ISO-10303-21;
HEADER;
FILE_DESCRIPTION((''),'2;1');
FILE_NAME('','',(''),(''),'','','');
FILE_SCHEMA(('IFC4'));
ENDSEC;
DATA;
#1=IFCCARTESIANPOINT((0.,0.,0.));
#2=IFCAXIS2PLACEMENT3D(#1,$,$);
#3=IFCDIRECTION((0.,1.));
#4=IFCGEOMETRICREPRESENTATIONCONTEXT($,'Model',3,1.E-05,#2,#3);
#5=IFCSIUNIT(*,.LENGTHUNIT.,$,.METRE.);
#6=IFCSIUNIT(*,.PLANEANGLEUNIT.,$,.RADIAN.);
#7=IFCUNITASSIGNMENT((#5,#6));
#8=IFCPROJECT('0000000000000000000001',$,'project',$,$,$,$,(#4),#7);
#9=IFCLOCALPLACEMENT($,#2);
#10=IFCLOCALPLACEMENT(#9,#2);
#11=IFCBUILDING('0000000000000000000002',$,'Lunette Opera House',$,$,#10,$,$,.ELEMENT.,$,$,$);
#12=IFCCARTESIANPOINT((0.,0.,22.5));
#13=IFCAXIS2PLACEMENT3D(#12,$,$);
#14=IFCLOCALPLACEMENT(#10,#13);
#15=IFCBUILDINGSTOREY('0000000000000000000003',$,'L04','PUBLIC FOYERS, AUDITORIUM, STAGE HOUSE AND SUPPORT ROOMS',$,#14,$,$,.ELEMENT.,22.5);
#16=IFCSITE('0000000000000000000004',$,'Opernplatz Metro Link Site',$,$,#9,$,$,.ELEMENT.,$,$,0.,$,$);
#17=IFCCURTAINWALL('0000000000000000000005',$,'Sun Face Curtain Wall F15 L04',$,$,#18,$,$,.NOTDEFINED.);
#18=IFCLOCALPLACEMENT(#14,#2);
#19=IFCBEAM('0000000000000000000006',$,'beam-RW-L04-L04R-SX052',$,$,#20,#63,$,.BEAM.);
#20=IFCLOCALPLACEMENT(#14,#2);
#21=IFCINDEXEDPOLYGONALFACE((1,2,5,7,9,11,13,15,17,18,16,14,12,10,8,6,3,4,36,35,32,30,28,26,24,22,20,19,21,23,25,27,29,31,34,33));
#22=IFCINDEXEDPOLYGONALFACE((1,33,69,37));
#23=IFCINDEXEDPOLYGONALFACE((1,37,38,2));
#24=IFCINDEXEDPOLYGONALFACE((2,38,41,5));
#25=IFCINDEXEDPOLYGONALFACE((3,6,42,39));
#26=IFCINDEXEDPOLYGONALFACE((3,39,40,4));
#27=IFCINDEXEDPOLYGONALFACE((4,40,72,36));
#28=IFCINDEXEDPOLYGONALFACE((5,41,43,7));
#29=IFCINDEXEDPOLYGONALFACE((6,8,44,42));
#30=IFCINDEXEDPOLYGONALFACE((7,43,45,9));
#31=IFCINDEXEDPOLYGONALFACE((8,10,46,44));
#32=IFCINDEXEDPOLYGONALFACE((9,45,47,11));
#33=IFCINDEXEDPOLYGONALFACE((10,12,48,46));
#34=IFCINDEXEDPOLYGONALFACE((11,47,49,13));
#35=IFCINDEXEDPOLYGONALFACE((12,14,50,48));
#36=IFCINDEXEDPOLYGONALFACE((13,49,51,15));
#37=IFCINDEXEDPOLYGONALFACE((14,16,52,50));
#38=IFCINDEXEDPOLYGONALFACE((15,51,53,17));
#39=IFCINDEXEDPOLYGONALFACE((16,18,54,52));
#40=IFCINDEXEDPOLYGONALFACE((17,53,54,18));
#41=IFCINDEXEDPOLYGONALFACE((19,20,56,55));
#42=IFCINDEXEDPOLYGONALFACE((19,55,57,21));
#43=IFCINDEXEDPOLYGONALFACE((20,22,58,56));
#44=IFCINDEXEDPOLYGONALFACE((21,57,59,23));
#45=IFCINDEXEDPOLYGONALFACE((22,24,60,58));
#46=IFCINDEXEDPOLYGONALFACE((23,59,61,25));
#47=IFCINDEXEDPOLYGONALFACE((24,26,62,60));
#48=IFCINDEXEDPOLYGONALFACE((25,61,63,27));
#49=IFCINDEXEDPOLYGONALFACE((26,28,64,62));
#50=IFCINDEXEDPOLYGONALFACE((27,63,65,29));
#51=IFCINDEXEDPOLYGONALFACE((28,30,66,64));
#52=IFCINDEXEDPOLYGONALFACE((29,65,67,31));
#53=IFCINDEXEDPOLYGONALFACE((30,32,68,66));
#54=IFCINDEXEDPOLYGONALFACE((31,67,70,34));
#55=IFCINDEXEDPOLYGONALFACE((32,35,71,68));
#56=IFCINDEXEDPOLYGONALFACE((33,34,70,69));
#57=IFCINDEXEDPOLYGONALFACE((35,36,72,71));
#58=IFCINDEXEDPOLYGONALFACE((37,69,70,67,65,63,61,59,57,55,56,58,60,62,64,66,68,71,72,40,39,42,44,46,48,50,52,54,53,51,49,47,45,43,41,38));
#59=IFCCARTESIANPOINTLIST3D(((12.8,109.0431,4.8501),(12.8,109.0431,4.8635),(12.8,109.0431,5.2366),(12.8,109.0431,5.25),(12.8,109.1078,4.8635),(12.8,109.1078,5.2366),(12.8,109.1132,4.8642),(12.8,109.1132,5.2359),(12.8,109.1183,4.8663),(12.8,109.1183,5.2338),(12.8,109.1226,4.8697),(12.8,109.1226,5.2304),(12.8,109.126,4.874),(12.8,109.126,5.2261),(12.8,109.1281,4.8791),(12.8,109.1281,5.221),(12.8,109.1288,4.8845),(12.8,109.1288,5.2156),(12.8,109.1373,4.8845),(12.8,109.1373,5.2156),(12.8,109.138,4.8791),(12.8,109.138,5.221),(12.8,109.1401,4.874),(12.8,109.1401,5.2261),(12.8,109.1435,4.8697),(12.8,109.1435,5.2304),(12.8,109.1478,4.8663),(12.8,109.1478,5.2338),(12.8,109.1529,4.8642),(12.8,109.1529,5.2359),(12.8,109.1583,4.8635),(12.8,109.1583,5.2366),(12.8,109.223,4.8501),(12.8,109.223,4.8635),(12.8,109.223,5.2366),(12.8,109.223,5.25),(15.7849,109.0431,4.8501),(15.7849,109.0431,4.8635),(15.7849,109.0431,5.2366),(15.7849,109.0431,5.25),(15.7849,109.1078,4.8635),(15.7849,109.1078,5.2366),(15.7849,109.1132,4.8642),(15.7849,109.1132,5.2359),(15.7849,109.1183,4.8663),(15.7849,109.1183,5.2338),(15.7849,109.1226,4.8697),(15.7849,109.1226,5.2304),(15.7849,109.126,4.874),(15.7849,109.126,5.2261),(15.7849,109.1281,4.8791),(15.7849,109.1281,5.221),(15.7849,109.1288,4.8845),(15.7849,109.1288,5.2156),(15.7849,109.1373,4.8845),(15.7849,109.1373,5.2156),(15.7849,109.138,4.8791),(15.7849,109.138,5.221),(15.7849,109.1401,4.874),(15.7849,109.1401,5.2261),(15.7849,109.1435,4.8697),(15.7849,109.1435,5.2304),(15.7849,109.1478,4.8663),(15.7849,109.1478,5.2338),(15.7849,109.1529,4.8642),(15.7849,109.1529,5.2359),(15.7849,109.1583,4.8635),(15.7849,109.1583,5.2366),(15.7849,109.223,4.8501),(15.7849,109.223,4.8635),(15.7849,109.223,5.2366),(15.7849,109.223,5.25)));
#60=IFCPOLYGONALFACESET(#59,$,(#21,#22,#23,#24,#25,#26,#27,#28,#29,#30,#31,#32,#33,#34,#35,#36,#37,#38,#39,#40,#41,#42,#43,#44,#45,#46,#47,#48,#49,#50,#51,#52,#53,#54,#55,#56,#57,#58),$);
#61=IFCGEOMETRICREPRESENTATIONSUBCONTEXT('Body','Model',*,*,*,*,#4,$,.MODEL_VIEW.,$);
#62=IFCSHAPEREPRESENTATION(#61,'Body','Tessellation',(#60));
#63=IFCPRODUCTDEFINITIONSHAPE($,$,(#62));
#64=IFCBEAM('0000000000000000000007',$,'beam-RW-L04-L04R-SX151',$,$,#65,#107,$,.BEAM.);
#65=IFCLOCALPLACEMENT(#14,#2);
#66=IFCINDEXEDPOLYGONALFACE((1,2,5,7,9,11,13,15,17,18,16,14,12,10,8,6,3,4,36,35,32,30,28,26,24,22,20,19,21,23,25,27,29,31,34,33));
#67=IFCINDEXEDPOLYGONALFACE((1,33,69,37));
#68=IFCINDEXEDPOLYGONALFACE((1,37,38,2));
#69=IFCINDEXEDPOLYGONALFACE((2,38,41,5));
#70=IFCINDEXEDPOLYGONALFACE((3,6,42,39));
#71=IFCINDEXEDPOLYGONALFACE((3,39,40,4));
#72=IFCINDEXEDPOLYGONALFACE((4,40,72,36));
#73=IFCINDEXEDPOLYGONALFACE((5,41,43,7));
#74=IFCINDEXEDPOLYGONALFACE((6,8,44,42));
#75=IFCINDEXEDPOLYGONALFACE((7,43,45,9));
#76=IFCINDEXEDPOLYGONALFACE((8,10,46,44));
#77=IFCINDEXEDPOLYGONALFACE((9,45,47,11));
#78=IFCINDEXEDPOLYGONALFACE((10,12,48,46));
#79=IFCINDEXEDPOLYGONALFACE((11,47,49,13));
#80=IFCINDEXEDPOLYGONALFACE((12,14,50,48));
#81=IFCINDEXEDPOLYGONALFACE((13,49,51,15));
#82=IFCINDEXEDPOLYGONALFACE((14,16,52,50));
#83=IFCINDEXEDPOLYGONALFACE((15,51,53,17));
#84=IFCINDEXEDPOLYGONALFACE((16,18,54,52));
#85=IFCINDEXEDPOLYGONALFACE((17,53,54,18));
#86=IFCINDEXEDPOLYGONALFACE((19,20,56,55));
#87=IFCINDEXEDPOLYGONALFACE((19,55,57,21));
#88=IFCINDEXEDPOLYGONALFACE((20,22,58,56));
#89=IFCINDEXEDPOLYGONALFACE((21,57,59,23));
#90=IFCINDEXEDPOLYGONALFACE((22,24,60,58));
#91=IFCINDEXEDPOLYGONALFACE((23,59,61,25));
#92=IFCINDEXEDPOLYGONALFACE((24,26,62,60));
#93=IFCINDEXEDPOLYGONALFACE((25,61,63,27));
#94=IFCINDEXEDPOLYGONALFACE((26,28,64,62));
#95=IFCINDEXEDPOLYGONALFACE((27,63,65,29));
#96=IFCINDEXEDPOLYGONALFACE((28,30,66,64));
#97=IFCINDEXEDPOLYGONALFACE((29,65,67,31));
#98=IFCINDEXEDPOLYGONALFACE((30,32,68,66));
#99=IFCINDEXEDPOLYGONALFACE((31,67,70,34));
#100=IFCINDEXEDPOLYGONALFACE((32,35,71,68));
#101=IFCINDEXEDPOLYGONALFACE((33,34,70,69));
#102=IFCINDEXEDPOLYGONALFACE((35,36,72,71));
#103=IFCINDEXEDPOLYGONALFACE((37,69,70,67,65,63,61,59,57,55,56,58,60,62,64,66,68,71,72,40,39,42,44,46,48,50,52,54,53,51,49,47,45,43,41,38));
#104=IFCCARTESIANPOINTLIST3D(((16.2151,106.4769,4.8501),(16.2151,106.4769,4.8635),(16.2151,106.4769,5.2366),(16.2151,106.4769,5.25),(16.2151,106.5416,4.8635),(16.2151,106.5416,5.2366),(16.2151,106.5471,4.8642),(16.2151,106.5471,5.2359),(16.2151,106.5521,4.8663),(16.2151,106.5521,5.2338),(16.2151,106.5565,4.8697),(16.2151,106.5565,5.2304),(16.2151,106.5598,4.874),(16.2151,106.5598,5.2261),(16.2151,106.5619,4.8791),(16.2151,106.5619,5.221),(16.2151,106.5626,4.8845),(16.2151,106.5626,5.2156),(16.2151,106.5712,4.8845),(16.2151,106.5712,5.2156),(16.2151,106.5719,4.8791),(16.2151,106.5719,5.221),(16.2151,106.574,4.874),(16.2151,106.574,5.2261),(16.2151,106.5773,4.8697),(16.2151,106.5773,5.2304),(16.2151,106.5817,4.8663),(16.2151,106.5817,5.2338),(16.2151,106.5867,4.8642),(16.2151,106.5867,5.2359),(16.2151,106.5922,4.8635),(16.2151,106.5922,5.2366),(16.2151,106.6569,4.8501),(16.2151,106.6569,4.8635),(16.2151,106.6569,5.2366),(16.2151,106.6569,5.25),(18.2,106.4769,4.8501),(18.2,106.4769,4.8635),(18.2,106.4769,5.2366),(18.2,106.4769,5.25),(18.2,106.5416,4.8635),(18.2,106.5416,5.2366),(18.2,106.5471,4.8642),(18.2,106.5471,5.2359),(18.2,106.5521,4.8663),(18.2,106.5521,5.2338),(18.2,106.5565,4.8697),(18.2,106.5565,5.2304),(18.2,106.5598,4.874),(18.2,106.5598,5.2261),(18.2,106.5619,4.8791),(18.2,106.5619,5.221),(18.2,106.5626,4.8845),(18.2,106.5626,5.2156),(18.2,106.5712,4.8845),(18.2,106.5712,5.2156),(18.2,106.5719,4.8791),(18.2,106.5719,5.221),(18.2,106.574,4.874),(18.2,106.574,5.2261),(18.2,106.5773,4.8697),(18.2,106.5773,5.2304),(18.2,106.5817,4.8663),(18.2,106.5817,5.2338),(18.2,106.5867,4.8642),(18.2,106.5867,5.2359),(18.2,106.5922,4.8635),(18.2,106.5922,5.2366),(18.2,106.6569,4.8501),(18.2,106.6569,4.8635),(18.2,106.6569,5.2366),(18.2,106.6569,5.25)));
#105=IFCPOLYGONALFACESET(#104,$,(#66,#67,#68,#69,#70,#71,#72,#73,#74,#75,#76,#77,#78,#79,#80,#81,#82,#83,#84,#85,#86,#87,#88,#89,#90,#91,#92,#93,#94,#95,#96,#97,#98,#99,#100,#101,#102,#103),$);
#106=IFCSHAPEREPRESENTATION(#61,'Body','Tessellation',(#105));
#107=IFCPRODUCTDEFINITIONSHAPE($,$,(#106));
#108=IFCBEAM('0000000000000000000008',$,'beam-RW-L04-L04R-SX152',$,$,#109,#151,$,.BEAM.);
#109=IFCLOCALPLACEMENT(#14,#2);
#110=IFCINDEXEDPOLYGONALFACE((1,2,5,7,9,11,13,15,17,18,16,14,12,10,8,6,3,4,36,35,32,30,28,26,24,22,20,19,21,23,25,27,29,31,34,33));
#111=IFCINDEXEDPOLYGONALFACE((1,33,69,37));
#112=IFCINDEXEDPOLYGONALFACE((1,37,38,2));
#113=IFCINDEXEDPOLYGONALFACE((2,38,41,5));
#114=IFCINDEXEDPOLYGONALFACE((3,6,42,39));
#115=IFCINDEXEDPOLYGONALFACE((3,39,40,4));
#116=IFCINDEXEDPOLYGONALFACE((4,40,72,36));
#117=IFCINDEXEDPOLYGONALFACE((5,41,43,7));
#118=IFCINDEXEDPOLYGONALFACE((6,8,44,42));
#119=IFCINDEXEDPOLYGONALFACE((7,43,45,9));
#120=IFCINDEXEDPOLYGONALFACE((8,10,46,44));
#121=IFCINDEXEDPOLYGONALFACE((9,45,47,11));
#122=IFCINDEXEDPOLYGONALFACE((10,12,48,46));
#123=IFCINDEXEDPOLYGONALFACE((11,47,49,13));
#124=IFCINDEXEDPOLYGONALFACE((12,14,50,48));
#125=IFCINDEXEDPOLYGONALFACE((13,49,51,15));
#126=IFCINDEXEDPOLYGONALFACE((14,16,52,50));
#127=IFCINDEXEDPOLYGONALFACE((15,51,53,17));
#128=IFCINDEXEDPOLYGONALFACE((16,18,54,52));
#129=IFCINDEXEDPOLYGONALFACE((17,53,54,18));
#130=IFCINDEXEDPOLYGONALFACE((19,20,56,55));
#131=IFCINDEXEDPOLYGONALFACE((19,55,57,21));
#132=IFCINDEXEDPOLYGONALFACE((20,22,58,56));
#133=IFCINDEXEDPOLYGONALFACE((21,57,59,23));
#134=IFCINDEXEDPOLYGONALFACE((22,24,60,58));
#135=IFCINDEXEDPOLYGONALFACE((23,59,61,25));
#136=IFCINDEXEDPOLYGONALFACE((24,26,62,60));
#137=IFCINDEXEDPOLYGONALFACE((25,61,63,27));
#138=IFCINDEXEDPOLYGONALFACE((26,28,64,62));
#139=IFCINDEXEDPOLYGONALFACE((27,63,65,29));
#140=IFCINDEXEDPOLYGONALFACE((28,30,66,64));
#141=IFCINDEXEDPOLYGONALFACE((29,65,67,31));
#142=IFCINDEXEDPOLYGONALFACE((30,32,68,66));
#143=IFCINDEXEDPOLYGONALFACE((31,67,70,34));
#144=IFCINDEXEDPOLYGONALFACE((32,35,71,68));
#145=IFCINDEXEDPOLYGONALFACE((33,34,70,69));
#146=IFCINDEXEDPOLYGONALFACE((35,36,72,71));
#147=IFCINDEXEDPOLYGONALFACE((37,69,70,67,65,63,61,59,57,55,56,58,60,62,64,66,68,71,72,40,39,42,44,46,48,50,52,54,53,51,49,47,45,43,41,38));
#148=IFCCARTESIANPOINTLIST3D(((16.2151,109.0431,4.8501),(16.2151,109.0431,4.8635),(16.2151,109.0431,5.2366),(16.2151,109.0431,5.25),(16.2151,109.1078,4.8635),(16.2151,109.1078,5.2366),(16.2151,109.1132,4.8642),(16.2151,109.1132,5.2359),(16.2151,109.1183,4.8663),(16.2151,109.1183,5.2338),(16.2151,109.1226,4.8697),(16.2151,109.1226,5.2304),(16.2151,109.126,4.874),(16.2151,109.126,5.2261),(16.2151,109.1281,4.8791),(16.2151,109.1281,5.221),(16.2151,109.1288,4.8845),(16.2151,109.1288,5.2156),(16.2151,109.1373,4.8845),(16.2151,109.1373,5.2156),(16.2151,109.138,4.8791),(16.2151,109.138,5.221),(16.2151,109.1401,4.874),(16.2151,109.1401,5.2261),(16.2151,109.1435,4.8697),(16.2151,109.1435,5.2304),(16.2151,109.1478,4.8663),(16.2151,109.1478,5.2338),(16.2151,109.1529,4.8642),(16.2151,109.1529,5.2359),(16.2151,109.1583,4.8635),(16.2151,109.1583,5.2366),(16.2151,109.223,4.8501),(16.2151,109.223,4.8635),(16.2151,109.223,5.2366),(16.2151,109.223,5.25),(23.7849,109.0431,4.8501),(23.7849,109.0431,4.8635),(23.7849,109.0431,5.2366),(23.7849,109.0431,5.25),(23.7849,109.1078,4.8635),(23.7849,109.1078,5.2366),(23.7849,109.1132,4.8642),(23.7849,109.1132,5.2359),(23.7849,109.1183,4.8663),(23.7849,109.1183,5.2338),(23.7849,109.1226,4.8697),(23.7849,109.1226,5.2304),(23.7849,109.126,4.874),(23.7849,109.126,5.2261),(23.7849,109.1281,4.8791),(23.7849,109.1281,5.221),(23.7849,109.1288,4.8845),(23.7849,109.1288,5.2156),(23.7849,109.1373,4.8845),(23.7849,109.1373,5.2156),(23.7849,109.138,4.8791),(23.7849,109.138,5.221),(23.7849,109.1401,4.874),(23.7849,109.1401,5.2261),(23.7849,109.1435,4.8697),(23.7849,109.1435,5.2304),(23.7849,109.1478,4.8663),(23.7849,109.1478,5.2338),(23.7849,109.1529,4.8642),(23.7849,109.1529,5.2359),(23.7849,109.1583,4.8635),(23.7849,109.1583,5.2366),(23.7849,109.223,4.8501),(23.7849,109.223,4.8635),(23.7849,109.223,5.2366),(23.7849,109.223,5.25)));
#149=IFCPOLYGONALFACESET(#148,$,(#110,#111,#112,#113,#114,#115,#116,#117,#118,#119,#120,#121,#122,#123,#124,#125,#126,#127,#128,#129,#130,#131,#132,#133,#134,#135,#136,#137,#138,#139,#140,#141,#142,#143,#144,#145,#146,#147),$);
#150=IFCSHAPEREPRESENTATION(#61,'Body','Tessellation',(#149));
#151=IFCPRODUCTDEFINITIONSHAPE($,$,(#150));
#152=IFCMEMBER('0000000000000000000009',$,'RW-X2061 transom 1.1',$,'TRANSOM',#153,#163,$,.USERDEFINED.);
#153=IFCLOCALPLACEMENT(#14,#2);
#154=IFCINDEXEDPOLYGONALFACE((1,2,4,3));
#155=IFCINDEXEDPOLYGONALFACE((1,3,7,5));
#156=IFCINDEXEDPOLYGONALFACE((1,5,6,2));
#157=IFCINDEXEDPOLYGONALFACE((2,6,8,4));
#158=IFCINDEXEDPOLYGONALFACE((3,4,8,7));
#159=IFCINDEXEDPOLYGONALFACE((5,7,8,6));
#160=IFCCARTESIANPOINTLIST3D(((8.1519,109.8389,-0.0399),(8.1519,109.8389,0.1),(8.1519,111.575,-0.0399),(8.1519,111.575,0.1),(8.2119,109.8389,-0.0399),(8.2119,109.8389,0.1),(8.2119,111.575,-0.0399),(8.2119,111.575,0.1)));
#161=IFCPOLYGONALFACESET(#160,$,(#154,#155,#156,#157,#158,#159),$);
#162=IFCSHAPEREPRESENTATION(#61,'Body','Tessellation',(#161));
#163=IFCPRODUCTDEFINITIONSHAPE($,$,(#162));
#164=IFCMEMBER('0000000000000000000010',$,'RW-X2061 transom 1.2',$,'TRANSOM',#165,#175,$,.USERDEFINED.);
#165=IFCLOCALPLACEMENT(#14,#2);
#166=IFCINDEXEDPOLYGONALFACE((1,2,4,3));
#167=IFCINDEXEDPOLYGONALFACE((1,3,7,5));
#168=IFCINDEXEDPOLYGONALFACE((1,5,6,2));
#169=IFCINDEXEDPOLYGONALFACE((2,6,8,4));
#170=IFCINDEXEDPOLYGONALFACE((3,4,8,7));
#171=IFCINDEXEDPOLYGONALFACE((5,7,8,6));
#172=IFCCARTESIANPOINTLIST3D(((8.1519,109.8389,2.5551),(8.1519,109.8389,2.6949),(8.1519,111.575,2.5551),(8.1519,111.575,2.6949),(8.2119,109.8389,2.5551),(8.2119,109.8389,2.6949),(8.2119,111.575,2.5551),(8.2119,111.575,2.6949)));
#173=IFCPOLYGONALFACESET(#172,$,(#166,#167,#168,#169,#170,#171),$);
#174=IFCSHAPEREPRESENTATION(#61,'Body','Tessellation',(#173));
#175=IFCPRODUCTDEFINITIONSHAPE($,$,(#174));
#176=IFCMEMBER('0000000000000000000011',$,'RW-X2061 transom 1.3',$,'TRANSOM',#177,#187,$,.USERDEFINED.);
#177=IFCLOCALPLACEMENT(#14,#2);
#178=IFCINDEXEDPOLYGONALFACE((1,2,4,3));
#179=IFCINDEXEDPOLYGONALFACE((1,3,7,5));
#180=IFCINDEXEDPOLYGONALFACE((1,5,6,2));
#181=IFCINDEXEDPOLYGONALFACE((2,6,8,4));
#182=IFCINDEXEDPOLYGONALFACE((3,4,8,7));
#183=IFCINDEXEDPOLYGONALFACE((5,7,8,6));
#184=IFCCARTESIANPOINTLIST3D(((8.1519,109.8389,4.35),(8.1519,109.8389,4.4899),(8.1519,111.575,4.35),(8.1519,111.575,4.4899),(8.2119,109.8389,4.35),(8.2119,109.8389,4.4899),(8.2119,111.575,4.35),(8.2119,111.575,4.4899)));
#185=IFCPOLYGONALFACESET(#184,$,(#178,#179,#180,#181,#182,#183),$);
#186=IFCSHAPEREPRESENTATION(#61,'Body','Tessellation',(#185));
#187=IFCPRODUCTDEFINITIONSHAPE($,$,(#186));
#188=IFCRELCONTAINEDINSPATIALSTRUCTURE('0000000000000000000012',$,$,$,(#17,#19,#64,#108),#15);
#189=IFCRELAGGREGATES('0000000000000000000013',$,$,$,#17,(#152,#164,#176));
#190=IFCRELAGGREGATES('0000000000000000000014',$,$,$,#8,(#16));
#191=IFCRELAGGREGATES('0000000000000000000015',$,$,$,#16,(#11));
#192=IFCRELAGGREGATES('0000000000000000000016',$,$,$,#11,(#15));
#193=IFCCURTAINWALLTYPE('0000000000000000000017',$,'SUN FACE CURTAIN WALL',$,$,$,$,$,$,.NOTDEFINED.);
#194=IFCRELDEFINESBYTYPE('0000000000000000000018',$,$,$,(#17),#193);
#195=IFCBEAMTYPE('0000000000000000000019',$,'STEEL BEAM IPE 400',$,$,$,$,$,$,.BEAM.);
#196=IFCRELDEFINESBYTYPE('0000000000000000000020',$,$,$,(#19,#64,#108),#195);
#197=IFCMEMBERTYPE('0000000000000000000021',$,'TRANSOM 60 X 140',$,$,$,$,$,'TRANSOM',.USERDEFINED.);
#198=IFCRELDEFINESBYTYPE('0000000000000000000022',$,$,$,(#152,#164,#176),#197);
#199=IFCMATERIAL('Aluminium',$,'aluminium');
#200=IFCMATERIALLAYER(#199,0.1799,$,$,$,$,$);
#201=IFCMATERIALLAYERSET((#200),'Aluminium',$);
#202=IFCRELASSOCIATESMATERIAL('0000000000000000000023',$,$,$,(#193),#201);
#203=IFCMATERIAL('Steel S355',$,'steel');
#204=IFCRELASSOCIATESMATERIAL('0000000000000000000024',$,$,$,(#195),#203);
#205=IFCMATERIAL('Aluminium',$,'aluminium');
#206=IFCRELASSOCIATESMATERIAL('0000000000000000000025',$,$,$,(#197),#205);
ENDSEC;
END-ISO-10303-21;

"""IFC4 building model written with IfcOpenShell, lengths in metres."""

from ifc_helpers import new_model, si_unit, direction, frame, origin, origin_2d, place, context, subcontext, project, spatial, rectangle, i_section, extrude, material, layer, layer_set, material_profile, profile_set, type_object, element, aggregate, save


model = new_model("IFC4")

# Units and contexts
model_context = context("Model", 3, precision=1e-05, world=origin(), true_north=direction((0.0, 1.0)))
body_context = subcontext(model_context, "Body", "Model", "MODEL_VIEW")
ifc_project = project(units=[si_unit("LENGTHUNIT", "METRE"), si_unit("PLANEANGLEUNIT", "RADIAN")], contexts=[model_context])

# Site, building, storey
site_placement = place(None, origin())
site = spatial("IfcSite", under=ifc_project, at=site_placement, Name="Opernplatz Metro Link Site", CompositionType="ELEMENT", RefElevation=0.0)
building_placement = place(site_placement, origin())
building = spatial("IfcBuilding", under=site, at=building_placement, Name="Lunette Opera House", CompositionType="ELEMENT")
storey_placement = place(building_placement, frame((0.0, 0.0, 22.5)))
storey = spatial("IfcBuildingStorey", under=building, at=storey_placement, Name="L04", Description="PUBLIC FOYERS, AUDITORIUM, STAGE HOUSE AND SUPPORT ROOMS", CompositionType="ELEMENT", Elevation=22.5)

# Curtain wall
ifc_material_1 = material(Name="Aluminium", Category="aluminium")
ifc_layer_1 = layer(ifc_material_1, 0.1799)
ifc_layer_set_1 = layer_set([ifc_layer_1], Name="Aluminium")
curtain_wall_type = type_object("IfcCurtainWallType", Name="SUN FACE CURTAIN WALL", PredefinedType="NOTDEFINED", material=ifc_layer_set_1)
curtain_wall_placement = place(storey_placement, origin())
curtain_wall = element("IfcCurtainWall", 1, at=curtain_wall_placement, inside=storey, type_object=curtain_wall_type, Name="Sun Face Curtain Wall F15 L04", PredefinedType="NOTDEFINED")

# Beams
ifc_material_2 = material(Name="Steel S355", Category="steel")
ifc_material_profile_1 = material_profile(ifc_material_2, i_section(OverallWidth=0.1799, OverallDepth=0.3999, WebThickness=0.0085, FlangeThickness=0.0134, FilletRadius=0.021, at=origin_2d()), Name="IPE 400")
ifc_profile_set_1 = profile_set([ifc_material_profile_1], Name="Steel S355")
beam_type_1 = type_object("IfcBeamType", Name="STEEL BEAM IPE 400", PredefinedType="BEAM", material=ifc_profile_set_1)
for number, where, z_axis, x_axis, name in (
    (2, (12.8, 109.1331, 5.05), (1.0, 0.0, 0.0), (0.0, 1.0, 0.0), "beam-RW-L04-L04R-SX052"),
):
    element("IfcBeam", number, at=place(storey_placement, frame(where, z_axis=z_axis, x_axis=x_axis)), inside=storey, type_object=beam_type_1, Name=name, PredefinedType="BEAM", context=body_context, shape_type="SweptSolid", body=[
        extrude(i_section(OverallWidth=0.1799, OverallDepth=0.3999, WebThickness=0.0085, FlangeThickness=0.0134, FilletRadius=0.021, at=origin_2d()), origin(), (0.0, 0.0, 1.0), 2.9849),
    ])
beam_1_placement = place(storey_placement, frame((16.2151, 106.5669, 5.05), z_axis=(1.0, 0.0, 0.0), x_axis=(0.0, 1.0, 0.0)))
element("IfcBeam", 3, at=beam_1_placement, inside=storey, type_object=beam_type_1, Name="beam-RW-L04-L04R-SX151", PredefinedType="BEAM", context=body_context, shape_type="SweptSolid", body=[
    extrude(i_section(OverallWidth=0.1799, OverallDepth=0.3999, WebThickness=0.0085, FlangeThickness=0.0134, FilletRadius=0.021, at=origin_2d()), origin(), (0.0, 0.0, 1.0), 1.9849),
])
beam_2_placement = place(storey_placement, frame((16.2151, 109.1331, 5.05), z_axis=(1.0, 0.0, 0.0), x_axis=(0.0, 1.0, 0.0)))
element("IfcBeam", 4, at=beam_2_placement, inside=storey, type_object=beam_type_1, Name="beam-RW-L04-L04R-SX152", PredefinedType="BEAM", context=body_context, shape_type="SweptSolid", body=[
    extrude(i_section(OverallWidth=0.1799, OverallDepth=0.3999, WebThickness=0.0085, FlangeThickness=0.0134, FilletRadius=0.021, at=origin_2d()), origin(), (0.0, 0.0, 1.0), 7.5698),
])

# Members
ifc_material_3 = material(Name="Aluminium", Category="aluminium")
ifc_material_profile_2 = material_profile(ifc_material_3, rectangle(XDim=0.0601, YDim=0.1399, at=origin_2d()), Name="TRANSOM 60 X 140")
ifc_profile_set_2 = profile_set([ifc_material_profile_2], Name="Aluminium")
member_type_1 = type_object("IfcMemberType", Name="TRANSOM 60 X 140", ElementType="TRANSOM", PredefinedType="USERDEFINED", material=ifc_profile_set_2)
member_1_placement = place(storey_placement, frame((8.1819, 111.575, 0.03), z_axis=(0.0, -1.0, 0.0), x_axis=(1.0, 0.0, 0.0)))
member_1 = element("IfcMember", 5, at=member_1_placement, type_object=member_type_1, Name="RW-X2061 transom 1.1", ObjectType="TRANSOM", PredefinedType="USERDEFINED", context=body_context, shape_type="SweptSolid", body=[
    extrude(rectangle(XDim=0.0601, YDim=0.1399, at=origin_2d()), origin(), (0.0, 0.0, 1.0), 1.7361),
])
member_2_placement = place(storey_placement, frame((8.1819, 111.575, 2.625), z_axis=(0.0, -1.0, 0.0), x_axis=(1.0, 0.0, 0.0)))
member_2 = element("IfcMember", 6, at=member_2_placement, type_object=member_type_1, Name="RW-X2061 transom 1.2", ObjectType="TRANSOM", PredefinedType="USERDEFINED", context=body_context, shape_type="SweptSolid", body=[
    extrude(rectangle(XDim=0.0601, YDim=0.1399, at=origin_2d()), origin(), (0.0, 0.0, 1.0), 1.7361),
])
member_3_placement = place(storey_placement, frame((8.1819, 111.575, 4.4199), z_axis=(0.0, -1.0, 0.0), x_axis=(1.0, 0.0, 0.0)))
member_3 = element("IfcMember", 7, at=member_3_placement, type_object=member_type_1, Name="RW-X2061 transom 1.3", ObjectType="TRANSOM", PredefinedType="USERDEFINED", context=body_context, shape_type="SweptSolid", body=[
    extrude(rectangle(XDim=0.0601, YDim=0.1399, at=origin_2d()), origin(), (0.0, 0.0, 1.0), 1.7361),
])
aggregate(curtain_wall, [member_1, member_2, member_3])

save(model, "model.ifc")
